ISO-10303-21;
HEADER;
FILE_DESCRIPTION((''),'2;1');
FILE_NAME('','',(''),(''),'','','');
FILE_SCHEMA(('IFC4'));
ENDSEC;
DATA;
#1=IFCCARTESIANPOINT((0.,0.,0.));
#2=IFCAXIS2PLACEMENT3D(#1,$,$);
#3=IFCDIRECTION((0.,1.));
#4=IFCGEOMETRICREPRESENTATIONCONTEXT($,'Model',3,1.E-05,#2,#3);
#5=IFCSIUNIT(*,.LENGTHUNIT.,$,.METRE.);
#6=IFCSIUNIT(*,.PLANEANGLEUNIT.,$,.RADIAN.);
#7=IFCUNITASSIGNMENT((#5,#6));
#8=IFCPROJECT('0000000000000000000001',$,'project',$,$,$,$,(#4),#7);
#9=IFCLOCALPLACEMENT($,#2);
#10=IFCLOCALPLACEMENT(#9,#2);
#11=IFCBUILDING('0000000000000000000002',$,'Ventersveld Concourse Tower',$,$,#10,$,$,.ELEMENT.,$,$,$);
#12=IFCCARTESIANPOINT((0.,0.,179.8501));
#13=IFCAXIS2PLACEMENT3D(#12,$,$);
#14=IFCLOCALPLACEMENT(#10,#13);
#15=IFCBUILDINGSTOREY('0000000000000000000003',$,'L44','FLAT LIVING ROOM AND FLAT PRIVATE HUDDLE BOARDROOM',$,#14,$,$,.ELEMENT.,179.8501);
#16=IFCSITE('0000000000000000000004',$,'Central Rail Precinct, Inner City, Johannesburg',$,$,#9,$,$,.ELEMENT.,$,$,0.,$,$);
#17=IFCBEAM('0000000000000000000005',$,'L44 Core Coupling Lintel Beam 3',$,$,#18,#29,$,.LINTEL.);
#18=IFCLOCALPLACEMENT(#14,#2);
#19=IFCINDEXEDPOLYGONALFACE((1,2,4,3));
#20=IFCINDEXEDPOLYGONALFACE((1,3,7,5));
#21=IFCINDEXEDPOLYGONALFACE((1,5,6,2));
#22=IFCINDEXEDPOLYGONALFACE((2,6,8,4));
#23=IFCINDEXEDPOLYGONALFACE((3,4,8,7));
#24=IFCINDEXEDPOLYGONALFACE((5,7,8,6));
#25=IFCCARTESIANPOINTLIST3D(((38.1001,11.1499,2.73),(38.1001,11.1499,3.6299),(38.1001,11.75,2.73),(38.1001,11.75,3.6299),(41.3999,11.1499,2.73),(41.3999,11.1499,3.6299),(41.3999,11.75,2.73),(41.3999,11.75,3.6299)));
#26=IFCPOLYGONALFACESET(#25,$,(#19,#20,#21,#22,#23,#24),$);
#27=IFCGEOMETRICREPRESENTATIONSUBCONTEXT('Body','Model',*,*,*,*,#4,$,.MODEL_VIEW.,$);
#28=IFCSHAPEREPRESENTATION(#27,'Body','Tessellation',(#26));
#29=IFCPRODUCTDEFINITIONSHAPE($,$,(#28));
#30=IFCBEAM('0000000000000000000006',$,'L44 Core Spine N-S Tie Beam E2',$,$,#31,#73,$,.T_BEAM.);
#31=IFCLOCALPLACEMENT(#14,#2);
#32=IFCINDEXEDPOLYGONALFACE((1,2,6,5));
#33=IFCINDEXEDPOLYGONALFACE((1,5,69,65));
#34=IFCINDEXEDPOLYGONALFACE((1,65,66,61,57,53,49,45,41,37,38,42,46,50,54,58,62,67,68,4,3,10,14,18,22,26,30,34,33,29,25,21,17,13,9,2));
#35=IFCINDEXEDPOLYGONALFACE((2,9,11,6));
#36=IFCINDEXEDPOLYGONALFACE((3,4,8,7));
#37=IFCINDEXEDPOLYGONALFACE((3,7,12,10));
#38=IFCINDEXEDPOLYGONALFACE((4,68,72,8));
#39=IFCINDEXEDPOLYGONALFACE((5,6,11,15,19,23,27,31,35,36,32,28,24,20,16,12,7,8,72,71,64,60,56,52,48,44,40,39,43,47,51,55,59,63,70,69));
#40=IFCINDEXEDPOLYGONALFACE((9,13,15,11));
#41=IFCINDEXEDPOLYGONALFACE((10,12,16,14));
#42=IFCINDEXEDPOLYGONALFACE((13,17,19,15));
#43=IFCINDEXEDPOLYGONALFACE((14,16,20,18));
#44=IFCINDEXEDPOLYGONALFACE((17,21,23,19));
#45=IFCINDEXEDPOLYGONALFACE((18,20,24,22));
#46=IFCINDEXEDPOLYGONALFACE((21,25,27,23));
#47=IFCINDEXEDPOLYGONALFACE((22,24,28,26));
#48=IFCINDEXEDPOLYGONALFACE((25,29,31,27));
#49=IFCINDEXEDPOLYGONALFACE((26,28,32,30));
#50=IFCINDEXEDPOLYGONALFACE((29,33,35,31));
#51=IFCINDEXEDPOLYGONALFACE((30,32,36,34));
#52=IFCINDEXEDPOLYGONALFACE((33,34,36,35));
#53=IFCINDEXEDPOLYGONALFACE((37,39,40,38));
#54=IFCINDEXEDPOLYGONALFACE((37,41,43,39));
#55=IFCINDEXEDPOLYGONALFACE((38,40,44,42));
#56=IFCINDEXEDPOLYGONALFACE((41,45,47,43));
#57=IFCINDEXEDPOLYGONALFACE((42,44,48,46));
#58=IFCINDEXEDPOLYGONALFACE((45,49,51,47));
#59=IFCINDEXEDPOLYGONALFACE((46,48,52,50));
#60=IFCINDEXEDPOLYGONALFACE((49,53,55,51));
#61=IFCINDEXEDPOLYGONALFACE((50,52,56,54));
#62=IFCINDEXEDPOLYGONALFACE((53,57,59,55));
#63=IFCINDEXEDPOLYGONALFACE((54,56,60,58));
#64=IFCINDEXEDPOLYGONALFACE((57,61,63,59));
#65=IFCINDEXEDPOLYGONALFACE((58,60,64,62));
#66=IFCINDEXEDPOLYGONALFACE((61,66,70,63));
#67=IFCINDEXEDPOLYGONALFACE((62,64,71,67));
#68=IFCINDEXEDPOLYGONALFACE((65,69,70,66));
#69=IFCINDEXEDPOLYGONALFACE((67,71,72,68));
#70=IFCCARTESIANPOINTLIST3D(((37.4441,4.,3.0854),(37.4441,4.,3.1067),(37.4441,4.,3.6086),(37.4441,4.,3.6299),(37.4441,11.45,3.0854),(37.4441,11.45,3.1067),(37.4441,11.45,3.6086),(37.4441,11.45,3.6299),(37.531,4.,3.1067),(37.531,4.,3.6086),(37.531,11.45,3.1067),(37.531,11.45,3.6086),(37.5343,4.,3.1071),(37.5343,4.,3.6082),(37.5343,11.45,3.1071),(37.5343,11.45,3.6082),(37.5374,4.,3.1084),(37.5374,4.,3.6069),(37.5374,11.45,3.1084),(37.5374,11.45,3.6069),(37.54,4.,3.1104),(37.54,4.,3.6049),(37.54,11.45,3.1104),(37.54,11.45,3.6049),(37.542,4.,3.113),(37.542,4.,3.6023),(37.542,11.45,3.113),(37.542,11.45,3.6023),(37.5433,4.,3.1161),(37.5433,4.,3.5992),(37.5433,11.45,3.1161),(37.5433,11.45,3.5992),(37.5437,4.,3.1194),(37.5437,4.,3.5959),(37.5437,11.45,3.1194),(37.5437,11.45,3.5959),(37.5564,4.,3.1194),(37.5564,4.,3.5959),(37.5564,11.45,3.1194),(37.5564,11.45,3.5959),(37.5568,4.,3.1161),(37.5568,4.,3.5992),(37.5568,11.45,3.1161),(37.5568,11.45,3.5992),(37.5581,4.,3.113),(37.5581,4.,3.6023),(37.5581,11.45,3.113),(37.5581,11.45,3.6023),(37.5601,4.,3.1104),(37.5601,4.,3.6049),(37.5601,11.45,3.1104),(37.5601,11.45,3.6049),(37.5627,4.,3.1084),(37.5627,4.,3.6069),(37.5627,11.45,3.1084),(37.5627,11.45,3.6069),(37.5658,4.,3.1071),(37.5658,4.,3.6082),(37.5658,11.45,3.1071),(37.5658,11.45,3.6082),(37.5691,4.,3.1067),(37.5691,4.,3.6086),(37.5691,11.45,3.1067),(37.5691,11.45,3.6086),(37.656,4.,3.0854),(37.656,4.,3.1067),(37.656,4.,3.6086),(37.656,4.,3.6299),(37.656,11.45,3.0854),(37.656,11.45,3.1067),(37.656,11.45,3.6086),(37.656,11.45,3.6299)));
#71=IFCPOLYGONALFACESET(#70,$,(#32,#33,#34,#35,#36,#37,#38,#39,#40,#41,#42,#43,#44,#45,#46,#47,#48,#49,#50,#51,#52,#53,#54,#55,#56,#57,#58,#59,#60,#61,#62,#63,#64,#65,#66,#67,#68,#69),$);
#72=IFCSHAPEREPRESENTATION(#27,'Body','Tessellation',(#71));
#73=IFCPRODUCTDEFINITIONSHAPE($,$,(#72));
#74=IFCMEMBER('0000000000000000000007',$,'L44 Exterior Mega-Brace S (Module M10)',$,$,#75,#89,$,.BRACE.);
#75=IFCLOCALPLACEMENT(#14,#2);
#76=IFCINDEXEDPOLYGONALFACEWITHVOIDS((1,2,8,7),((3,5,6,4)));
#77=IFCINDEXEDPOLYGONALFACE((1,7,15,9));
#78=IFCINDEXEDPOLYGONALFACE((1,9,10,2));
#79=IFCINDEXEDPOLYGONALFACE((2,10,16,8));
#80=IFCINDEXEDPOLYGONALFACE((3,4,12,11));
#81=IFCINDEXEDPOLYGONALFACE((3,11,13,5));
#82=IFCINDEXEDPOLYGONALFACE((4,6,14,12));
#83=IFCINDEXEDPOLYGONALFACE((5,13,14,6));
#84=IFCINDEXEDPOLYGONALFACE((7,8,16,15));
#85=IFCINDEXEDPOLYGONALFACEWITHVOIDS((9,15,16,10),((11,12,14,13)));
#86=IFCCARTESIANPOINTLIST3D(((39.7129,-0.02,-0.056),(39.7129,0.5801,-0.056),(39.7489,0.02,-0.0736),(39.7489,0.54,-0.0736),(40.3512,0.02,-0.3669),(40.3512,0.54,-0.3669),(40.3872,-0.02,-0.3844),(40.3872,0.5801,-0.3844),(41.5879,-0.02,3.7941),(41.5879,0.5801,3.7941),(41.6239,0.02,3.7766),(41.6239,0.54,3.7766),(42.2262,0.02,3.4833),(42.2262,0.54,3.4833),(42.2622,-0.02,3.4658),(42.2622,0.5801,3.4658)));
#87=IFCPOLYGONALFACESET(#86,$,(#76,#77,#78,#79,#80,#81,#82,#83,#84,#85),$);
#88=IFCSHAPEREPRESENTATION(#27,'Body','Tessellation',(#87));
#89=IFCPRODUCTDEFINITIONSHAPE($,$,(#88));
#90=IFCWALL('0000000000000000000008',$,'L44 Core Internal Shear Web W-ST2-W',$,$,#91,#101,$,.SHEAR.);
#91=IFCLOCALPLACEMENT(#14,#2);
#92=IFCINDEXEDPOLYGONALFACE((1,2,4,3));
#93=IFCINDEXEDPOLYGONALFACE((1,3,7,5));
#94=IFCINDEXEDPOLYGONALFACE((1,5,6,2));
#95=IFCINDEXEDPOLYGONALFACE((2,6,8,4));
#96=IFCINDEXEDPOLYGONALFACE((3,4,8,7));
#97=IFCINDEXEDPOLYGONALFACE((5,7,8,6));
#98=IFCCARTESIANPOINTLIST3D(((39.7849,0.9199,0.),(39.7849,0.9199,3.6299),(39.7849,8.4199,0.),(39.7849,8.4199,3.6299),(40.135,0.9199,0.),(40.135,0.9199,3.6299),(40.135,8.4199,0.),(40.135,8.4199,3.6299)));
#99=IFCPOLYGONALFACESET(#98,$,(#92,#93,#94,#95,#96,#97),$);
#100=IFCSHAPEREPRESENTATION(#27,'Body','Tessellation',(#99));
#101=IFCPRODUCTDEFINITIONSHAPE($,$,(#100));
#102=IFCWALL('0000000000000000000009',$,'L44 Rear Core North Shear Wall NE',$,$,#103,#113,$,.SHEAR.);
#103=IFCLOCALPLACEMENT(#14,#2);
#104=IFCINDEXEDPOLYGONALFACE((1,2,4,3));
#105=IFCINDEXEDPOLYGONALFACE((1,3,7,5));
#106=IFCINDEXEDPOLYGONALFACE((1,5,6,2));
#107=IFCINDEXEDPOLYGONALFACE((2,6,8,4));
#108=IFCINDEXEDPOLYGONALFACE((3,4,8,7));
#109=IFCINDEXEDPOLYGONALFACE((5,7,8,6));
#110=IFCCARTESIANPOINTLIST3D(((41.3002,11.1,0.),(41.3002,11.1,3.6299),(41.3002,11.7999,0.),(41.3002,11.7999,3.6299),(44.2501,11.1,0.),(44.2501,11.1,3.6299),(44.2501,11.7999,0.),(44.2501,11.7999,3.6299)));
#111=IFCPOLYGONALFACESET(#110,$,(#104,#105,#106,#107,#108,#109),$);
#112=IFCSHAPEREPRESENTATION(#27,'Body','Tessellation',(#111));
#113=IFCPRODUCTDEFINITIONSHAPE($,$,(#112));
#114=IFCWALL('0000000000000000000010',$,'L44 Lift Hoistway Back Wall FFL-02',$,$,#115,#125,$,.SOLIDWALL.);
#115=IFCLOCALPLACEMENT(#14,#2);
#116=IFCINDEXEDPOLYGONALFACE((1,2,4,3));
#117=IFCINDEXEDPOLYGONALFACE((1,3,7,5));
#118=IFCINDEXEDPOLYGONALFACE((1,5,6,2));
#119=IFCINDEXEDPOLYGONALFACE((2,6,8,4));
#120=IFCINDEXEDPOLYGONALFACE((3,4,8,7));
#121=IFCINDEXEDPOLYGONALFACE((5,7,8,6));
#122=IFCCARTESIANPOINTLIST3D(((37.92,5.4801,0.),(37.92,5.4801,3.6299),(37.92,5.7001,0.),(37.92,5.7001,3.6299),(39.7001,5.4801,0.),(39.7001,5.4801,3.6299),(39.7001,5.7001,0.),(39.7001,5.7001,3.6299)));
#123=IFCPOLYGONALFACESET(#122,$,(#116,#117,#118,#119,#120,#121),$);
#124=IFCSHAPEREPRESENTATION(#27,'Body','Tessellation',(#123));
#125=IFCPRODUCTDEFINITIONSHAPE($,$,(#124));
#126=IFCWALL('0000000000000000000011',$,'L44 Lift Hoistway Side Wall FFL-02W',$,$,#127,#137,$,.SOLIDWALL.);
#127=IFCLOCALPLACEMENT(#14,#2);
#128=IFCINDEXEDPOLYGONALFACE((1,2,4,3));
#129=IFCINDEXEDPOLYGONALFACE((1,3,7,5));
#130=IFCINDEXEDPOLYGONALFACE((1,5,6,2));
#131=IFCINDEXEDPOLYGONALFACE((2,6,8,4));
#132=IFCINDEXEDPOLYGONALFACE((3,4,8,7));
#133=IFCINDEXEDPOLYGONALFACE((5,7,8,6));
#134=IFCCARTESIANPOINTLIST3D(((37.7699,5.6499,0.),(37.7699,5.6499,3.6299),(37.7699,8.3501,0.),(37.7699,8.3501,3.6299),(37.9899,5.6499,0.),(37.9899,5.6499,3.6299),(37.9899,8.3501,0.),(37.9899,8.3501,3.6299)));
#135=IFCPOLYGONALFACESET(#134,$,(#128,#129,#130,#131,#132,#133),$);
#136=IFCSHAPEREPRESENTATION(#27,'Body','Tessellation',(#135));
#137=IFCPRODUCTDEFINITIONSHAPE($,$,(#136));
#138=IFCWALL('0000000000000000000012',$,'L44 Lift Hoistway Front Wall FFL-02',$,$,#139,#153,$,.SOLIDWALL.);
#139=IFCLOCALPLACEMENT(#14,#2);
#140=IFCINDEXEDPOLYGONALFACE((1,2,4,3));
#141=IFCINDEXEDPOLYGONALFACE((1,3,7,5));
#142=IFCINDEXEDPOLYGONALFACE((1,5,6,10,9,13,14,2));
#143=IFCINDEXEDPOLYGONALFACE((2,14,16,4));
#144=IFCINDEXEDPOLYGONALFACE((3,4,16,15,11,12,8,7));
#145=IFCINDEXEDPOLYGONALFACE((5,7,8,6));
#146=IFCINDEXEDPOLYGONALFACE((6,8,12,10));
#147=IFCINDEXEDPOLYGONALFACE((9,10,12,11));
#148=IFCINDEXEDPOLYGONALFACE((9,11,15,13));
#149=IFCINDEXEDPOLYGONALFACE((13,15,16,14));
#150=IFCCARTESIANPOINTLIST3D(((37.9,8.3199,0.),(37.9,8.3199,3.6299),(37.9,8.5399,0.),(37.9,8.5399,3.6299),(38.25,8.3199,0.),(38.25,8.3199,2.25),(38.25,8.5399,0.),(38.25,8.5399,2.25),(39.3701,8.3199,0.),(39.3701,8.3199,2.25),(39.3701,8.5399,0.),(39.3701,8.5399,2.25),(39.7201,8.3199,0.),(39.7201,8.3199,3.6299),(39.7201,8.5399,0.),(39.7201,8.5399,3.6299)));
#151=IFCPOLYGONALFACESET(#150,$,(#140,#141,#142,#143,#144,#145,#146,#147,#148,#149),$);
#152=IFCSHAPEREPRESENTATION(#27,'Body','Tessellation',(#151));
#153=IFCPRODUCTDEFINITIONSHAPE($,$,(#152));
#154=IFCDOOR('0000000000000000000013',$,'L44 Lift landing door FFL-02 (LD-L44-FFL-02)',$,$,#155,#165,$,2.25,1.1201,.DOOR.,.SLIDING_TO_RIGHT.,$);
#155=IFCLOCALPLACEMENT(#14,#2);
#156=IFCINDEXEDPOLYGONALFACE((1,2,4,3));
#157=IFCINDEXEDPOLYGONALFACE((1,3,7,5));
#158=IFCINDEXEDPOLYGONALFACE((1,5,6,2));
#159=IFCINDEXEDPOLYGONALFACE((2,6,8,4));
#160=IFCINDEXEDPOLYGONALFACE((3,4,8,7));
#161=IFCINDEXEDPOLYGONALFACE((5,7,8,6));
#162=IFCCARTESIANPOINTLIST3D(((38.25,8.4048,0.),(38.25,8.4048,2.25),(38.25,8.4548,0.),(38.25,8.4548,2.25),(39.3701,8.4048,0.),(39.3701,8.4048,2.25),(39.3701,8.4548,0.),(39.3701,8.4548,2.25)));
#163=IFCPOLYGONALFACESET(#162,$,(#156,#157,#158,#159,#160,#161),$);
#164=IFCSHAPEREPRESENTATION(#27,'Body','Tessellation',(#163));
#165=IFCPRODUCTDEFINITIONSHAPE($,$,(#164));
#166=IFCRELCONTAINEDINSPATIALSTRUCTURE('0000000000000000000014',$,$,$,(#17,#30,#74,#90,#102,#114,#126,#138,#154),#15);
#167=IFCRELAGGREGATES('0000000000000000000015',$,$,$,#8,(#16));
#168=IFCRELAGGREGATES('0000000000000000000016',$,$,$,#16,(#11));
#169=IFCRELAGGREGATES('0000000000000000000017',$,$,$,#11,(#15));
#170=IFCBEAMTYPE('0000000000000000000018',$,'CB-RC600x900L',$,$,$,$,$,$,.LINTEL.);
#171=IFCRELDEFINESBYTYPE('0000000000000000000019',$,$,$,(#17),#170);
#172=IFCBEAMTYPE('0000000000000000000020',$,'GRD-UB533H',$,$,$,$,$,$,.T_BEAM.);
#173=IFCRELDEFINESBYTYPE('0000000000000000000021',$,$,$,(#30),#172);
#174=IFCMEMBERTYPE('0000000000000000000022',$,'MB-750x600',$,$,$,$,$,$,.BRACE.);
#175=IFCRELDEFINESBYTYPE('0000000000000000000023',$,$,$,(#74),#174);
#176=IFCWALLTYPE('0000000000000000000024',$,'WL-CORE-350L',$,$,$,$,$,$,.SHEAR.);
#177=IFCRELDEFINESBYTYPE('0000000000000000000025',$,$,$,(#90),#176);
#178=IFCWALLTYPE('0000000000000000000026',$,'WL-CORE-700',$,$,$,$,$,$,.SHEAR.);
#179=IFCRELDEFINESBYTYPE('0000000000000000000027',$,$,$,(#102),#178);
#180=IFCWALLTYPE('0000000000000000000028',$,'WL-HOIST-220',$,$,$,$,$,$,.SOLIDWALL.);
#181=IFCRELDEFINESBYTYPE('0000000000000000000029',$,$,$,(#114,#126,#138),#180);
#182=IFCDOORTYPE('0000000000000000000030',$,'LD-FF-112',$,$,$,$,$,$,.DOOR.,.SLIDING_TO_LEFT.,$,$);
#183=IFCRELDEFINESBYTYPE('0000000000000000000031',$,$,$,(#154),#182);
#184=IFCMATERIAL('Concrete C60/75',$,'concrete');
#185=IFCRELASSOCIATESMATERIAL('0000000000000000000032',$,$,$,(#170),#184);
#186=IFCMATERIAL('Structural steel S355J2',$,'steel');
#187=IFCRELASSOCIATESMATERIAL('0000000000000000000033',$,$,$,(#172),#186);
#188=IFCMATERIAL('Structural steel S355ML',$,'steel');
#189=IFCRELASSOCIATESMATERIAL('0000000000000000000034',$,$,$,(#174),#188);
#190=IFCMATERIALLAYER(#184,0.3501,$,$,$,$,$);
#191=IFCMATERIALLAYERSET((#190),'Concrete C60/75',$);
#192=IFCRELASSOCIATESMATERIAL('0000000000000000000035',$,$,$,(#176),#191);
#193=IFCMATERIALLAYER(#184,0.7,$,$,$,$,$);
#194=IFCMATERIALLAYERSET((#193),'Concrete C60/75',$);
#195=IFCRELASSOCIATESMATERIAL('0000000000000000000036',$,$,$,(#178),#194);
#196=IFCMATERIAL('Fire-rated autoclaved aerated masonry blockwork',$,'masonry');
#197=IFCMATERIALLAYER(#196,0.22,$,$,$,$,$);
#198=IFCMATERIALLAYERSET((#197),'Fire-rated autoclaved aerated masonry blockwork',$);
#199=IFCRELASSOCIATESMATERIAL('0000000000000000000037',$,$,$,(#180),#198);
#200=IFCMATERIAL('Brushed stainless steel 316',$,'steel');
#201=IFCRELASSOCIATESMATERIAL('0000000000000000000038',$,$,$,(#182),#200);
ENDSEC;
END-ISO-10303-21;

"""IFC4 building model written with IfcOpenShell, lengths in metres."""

from ifc_helpers import new_model, si_unit, direction, frame, frame_2d, origin, origin_2d, place, context, subcontext, project, spatial, rectangle, hollow_rectangle, i_section, extrude, material, layer, layer_set, material_profile, profile_set, type_object, element, fill, save


model = new_model("IFC4")

# Units and contexts
model_context = context("Model", 3, precision=1e-05, world=origin(), true_north=direction((0.0, 1.0)))
body_context = subcontext(model_context, "Body", "Model", "MODEL_VIEW")
ifc_project = project(units=[si_unit("LENGTHUNIT", "METRE"), si_unit("PLANEANGLEUNIT", "RADIAN")], contexts=[model_context])

# Site, building, storey
site_placement = place(None, origin())
site = spatial("IfcSite", under=ifc_project, at=site_placement, Name="Central Rail Precinct, Inner City, Johannesburg", CompositionType="ELEMENT", RefElevation=0.0)
building_placement = place(site_placement, origin())
building = spatial("IfcBuilding", under=site, at=building_placement, Name="Ventersveld Concourse Tower", CompositionType="ELEMENT")
storey_placement = place(building_placement, frame((0.0, 0.0, 179.8501)))
storey = spatial("IfcBuildingStorey", under=building, at=storey_placement, Name="L44", Description="FLAT LIVING ROOM AND FLAT PRIVATE HUDDLE BOARDROOM", CompositionType="ELEMENT", Elevation=179.8501)

# Beams
ifc_material_1 = material(Name="Concrete C60/75", Category="concrete")
ifc_material_profile_1 = material_profile(ifc_material_1, rectangle(XDim=0.6001, YDim=0.8999, at=origin_2d()), Name="RC 600x900")
ifc_profile_set_1 = profile_set([ifc_material_profile_1], Name="Concrete C60/75")
beam_type_1 = type_object("IfcBeamType", Name="CB-RC600x900L", PredefinedType="LINTEL", material=ifc_profile_set_1)
beam_1_placement = place(storey_placement, frame((38.1001, 11.45, 3.1799), z_axis=(1.0, 0.0, 0.0), x_axis=(0.0, 1.0, 0.0)))
element("IfcBeam", 1, at=beam_1_placement, inside=storey, type_object=beam_type_1, Name="L44 Core Coupling Lintel Beam 3", PredefinedType="LINTEL", context=body_context, shape_type="SweptSolid", body=[
    extrude(rectangle(XDim=0.6001, YDim=0.8999, at=origin_2d()), origin(), (0.0, 0.0, 1.0), 3.2998),
])
ifc_material_2 = material(Name="Structural steel S355J2", Category="steel")
ifc_material_profile_2 = material_profile(ifc_material_2, i_section(OverallWidth=0.2119, OverallDepth=0.5444, WebThickness=0.0127, FlangeThickness=0.0212, FilletRadius=0.0127, at=origin_2d()), Name="UB 533x210x122")
ifc_profile_set_2 = profile_set([ifc_material_profile_2], Name="Structural steel S355J2")
beam_type_2 = type_object("IfcBeamType", Name="GRD-UB533H", PredefinedType="T_BEAM", material=ifc_profile_set_2)
beam_2_placement = place(storey_placement, frame((37.55, 4.0, 3.3577), z_axis=(0.0, 1.0, 0.0), x_axis=(-1.0, 0.0, 0.0)))
element("IfcBeam", 2, at=beam_2_placement, inside=storey, type_object=beam_type_2, Name="L44 Core Spine N-S Tie Beam E2", PredefinedType="T_BEAM", context=body_context, shape_type="SweptSolid", body=[
    extrude(i_section(OverallWidth=0.2119, OverallDepth=0.5444, WebThickness=0.0127, FlangeThickness=0.0212, FilletRadius=0.0127, at=origin_2d()), origin(), (0.0, 0.0, 1.0), 7.45),
])

# Member
ifc_material_3 = material(Name="Structural steel S355ML", Category="steel")
ifc_material_profile_3 = material_profile(ifc_material_3, hollow_rectangle(XDim=0.6001, YDim=0.75, WallThickness=0.04, at=origin_2d()), Name="BOX 750x600x40")
ifc_profile_set_3 = profile_set([ifc_material_profile_3], Name="Structural steel S355ML")
member_type = type_object("IfcMemberType", Name="MB-750x600", PredefinedType="BRACE", material=ifc_profile_set_3)
member_placement = place(storey_placement, frame((40.05, 0.28, -0.2202), z_axis=(0.437839, 0.0, 0.899053), x_axis=(0.0, 1.0, 0.0)))
element("IfcMember", 3, at=member_placement, inside=storey, type_object=member_type, Name="L44 Exterior Mega-Brace S (Module M10)", PredefinedType="BRACE", context=body_context, shape_type="SweptSolid", body=[
    extrude(hollow_rectangle(XDim=0.6001, YDim=0.75, WallThickness=0.04, at=origin_2d()), origin(), (0.0, 0.0, 1.0), 4.2825),
])

# Walls
ifc_layer_1 = layer(ifc_material_1, 0.3501)
ifc_layer_set_1 = layer_set([ifc_layer_1], Name="Concrete C60/75")
wall_type_1 = type_object("IfcWallType", Name="WL-CORE-350L", PredefinedType="SHEAR", material=ifc_layer_set_1)
wall_1_placement = place(storey_placement, frame((39.96, 0.9199, 0.0), z_axis=(0.0, 0.0, 1.0), x_axis=(0.0, 1.0, 0.0)))
element("IfcWall", 4, at=wall_1_placement, inside=storey, type_object=wall_type_1, Name="L44 Core Internal Shear Web W-ST2-W", PredefinedType="SHEAR", context=body_context, shape_type="SweptSolid", body=[
    extrude(rectangle(XDim=7.5, YDim=0.3501, at=frame_2d((3.75, 0.0))), origin(), (0.0, 0.0, 1.0), 3.6299),
])
ifc_layer_2 = layer(ifc_material_1, 0.7)
ifc_layer_set_2 = layer_set([ifc_layer_2], Name="Concrete C60/75")
wall_type_2 = type_object("IfcWallType", Name="WL-CORE-700", PredefinedType="SHEAR", material=ifc_layer_set_2)
wall_2_placement = place(storey_placement, frame((41.3, 11.45, 0.0), z_axis=(0.0, 0.0, 1.0), x_axis=(1.0, 0.0, 0.0)))
element("IfcWall", 5, at=wall_2_placement, inside=storey, type_object=wall_type_2, Name="L44 Rear Core North Shear Wall NE", PredefinedType="SHEAR", context=body_context, shape_type="SweptSolid", body=[
    extrude(rectangle(XDim=2.95, YDim=0.7, at=frame_2d((1.4751, 0.0))), origin(), (0.0, 0.0, 1.0), 3.6299),
])
ifc_material_4 = material(Name="Fire-rated autoclaved aerated masonry blockwork", Category="masonry")
ifc_layer_3 = layer(ifc_material_4, 0.22)
ifc_layer_set_3 = layer_set([ifc_layer_3], Name="Fire-rated autoclaved aerated masonry blockwork")
wall_type_3 = type_object("IfcWallType", Name="WL-HOIST-220", PredefinedType="SOLIDWALL", material=ifc_layer_set_3)
wall_3_placement = place(storey_placement, frame((37.9199, 5.5901, 0.0), z_axis=(0.0, 0.0, 1.0), x_axis=(1.0, 0.0, 0.0)))
element("IfcWall", 6, at=wall_3_placement, inside=storey, type_object=wall_type_3, Name="L44 Lift Hoistway Back Wall FFL-02", PredefinedType="SOLIDWALL", context=body_context, shape_type="SweptSolid", body=[
    extrude(rectangle(XDim=1.78, YDim=0.22, at=frame_2d((0.8901, 0.0))), origin(), (0.0, 0.0, 1.0), 3.6299),
])
wall_4_placement = place(storey_placement, frame((37.8799, 5.6499, 0.0), z_axis=(0.0, 0.0, 1.0), x_axis=(0.0, 1.0, 0.0)))
element("IfcWall", 7, at=wall_4_placement, inside=storey, type_object=wall_type_3, Name="L44 Lift Hoistway Side Wall FFL-02W", PredefinedType="SOLIDWALL", context=body_context, shape_type="SweptSolid", body=[
    extrude(rectangle(XDim=2.7002, YDim=0.22, at=frame_2d((1.3501, 0.0))), origin(), (0.0, 0.0, 1.0), 3.6299),
])

# Wall, opening, door
wall_5_placement = place(storey_placement, frame((37.8999, 8.4299, 0.0), z_axis=(0.0, 0.0, 1.0), x_axis=(1.0, 0.0, 0.0)))
wall_5 = element("IfcWall", 8, at=wall_5_placement, inside=storey, type_object=wall_type_3, Name="L44 Lift Hoistway Front Wall FFL-02", PredefinedType="SOLIDWALL", context=body_context, shape_type="SweptSolid", body=[
    extrude(rectangle(XDim=1.8201, YDim=0.22, at=frame_2d((0.9102, 0.0))), origin(), (0.0, 0.0, 1.0), 3.6299),
])
opening_1_placement = place(wall_5_placement, frame((0.3501, 0.0, 0.0)))
opening_1 = element("IfcOpeningElement", 9, at=opening_1_placement, cuts=wall_5, PredefinedType="OPENING", context=body_context, shape_type="SweptSolid", body=[
    extrude(rectangle(XDim=1.1201, YDim=2.25, at=frame_2d((0.5601, 1.125))), frame((0.0, 0.1201, 0.0), z_axis=(0.0, -1.0, 0.0), x_axis=(1.0, 0.0, 0.0)), (0.0, 0.0, 1.0), 0.24),
])
ifc_material_5 = material(Name="Brushed stainless steel 316", Category="steel")
door_type_1 = type_object("IfcDoorType", Name="LD-FF-112", OperationType="SLIDING_TO_LEFT", PredefinedType="DOOR", material=ifc_material_5)
door_1_placement = place(opening_1_placement, origin())
door_1 = element("IfcDoor", 10, at=door_1_placement, inside=storey, type_object=door_type_1, Name="L44 Lift landing door FFL-02 (LD-L44-FFL-02)", OperationType="SLIDING_TO_RIGHT", OverallHeight=2.25, OverallWidth=1.1201, PredefinedType="DOOR", context=body_context, shape_type="SweptSolid", body=[
    extrude(rectangle(XDim=1.1201, YDim=2.25, at=frame_2d((0.5601, 1.125))), frame((0.0, 0.0249, 0.0), z_axis=(0.0, -1.0, 0.0), x_axis=(1.0, 0.0, 0.0)), (0.0, 0.0, 1.0), 0.05),
])
fill(opening_1, door_1)

save(model, "model.ifc")
